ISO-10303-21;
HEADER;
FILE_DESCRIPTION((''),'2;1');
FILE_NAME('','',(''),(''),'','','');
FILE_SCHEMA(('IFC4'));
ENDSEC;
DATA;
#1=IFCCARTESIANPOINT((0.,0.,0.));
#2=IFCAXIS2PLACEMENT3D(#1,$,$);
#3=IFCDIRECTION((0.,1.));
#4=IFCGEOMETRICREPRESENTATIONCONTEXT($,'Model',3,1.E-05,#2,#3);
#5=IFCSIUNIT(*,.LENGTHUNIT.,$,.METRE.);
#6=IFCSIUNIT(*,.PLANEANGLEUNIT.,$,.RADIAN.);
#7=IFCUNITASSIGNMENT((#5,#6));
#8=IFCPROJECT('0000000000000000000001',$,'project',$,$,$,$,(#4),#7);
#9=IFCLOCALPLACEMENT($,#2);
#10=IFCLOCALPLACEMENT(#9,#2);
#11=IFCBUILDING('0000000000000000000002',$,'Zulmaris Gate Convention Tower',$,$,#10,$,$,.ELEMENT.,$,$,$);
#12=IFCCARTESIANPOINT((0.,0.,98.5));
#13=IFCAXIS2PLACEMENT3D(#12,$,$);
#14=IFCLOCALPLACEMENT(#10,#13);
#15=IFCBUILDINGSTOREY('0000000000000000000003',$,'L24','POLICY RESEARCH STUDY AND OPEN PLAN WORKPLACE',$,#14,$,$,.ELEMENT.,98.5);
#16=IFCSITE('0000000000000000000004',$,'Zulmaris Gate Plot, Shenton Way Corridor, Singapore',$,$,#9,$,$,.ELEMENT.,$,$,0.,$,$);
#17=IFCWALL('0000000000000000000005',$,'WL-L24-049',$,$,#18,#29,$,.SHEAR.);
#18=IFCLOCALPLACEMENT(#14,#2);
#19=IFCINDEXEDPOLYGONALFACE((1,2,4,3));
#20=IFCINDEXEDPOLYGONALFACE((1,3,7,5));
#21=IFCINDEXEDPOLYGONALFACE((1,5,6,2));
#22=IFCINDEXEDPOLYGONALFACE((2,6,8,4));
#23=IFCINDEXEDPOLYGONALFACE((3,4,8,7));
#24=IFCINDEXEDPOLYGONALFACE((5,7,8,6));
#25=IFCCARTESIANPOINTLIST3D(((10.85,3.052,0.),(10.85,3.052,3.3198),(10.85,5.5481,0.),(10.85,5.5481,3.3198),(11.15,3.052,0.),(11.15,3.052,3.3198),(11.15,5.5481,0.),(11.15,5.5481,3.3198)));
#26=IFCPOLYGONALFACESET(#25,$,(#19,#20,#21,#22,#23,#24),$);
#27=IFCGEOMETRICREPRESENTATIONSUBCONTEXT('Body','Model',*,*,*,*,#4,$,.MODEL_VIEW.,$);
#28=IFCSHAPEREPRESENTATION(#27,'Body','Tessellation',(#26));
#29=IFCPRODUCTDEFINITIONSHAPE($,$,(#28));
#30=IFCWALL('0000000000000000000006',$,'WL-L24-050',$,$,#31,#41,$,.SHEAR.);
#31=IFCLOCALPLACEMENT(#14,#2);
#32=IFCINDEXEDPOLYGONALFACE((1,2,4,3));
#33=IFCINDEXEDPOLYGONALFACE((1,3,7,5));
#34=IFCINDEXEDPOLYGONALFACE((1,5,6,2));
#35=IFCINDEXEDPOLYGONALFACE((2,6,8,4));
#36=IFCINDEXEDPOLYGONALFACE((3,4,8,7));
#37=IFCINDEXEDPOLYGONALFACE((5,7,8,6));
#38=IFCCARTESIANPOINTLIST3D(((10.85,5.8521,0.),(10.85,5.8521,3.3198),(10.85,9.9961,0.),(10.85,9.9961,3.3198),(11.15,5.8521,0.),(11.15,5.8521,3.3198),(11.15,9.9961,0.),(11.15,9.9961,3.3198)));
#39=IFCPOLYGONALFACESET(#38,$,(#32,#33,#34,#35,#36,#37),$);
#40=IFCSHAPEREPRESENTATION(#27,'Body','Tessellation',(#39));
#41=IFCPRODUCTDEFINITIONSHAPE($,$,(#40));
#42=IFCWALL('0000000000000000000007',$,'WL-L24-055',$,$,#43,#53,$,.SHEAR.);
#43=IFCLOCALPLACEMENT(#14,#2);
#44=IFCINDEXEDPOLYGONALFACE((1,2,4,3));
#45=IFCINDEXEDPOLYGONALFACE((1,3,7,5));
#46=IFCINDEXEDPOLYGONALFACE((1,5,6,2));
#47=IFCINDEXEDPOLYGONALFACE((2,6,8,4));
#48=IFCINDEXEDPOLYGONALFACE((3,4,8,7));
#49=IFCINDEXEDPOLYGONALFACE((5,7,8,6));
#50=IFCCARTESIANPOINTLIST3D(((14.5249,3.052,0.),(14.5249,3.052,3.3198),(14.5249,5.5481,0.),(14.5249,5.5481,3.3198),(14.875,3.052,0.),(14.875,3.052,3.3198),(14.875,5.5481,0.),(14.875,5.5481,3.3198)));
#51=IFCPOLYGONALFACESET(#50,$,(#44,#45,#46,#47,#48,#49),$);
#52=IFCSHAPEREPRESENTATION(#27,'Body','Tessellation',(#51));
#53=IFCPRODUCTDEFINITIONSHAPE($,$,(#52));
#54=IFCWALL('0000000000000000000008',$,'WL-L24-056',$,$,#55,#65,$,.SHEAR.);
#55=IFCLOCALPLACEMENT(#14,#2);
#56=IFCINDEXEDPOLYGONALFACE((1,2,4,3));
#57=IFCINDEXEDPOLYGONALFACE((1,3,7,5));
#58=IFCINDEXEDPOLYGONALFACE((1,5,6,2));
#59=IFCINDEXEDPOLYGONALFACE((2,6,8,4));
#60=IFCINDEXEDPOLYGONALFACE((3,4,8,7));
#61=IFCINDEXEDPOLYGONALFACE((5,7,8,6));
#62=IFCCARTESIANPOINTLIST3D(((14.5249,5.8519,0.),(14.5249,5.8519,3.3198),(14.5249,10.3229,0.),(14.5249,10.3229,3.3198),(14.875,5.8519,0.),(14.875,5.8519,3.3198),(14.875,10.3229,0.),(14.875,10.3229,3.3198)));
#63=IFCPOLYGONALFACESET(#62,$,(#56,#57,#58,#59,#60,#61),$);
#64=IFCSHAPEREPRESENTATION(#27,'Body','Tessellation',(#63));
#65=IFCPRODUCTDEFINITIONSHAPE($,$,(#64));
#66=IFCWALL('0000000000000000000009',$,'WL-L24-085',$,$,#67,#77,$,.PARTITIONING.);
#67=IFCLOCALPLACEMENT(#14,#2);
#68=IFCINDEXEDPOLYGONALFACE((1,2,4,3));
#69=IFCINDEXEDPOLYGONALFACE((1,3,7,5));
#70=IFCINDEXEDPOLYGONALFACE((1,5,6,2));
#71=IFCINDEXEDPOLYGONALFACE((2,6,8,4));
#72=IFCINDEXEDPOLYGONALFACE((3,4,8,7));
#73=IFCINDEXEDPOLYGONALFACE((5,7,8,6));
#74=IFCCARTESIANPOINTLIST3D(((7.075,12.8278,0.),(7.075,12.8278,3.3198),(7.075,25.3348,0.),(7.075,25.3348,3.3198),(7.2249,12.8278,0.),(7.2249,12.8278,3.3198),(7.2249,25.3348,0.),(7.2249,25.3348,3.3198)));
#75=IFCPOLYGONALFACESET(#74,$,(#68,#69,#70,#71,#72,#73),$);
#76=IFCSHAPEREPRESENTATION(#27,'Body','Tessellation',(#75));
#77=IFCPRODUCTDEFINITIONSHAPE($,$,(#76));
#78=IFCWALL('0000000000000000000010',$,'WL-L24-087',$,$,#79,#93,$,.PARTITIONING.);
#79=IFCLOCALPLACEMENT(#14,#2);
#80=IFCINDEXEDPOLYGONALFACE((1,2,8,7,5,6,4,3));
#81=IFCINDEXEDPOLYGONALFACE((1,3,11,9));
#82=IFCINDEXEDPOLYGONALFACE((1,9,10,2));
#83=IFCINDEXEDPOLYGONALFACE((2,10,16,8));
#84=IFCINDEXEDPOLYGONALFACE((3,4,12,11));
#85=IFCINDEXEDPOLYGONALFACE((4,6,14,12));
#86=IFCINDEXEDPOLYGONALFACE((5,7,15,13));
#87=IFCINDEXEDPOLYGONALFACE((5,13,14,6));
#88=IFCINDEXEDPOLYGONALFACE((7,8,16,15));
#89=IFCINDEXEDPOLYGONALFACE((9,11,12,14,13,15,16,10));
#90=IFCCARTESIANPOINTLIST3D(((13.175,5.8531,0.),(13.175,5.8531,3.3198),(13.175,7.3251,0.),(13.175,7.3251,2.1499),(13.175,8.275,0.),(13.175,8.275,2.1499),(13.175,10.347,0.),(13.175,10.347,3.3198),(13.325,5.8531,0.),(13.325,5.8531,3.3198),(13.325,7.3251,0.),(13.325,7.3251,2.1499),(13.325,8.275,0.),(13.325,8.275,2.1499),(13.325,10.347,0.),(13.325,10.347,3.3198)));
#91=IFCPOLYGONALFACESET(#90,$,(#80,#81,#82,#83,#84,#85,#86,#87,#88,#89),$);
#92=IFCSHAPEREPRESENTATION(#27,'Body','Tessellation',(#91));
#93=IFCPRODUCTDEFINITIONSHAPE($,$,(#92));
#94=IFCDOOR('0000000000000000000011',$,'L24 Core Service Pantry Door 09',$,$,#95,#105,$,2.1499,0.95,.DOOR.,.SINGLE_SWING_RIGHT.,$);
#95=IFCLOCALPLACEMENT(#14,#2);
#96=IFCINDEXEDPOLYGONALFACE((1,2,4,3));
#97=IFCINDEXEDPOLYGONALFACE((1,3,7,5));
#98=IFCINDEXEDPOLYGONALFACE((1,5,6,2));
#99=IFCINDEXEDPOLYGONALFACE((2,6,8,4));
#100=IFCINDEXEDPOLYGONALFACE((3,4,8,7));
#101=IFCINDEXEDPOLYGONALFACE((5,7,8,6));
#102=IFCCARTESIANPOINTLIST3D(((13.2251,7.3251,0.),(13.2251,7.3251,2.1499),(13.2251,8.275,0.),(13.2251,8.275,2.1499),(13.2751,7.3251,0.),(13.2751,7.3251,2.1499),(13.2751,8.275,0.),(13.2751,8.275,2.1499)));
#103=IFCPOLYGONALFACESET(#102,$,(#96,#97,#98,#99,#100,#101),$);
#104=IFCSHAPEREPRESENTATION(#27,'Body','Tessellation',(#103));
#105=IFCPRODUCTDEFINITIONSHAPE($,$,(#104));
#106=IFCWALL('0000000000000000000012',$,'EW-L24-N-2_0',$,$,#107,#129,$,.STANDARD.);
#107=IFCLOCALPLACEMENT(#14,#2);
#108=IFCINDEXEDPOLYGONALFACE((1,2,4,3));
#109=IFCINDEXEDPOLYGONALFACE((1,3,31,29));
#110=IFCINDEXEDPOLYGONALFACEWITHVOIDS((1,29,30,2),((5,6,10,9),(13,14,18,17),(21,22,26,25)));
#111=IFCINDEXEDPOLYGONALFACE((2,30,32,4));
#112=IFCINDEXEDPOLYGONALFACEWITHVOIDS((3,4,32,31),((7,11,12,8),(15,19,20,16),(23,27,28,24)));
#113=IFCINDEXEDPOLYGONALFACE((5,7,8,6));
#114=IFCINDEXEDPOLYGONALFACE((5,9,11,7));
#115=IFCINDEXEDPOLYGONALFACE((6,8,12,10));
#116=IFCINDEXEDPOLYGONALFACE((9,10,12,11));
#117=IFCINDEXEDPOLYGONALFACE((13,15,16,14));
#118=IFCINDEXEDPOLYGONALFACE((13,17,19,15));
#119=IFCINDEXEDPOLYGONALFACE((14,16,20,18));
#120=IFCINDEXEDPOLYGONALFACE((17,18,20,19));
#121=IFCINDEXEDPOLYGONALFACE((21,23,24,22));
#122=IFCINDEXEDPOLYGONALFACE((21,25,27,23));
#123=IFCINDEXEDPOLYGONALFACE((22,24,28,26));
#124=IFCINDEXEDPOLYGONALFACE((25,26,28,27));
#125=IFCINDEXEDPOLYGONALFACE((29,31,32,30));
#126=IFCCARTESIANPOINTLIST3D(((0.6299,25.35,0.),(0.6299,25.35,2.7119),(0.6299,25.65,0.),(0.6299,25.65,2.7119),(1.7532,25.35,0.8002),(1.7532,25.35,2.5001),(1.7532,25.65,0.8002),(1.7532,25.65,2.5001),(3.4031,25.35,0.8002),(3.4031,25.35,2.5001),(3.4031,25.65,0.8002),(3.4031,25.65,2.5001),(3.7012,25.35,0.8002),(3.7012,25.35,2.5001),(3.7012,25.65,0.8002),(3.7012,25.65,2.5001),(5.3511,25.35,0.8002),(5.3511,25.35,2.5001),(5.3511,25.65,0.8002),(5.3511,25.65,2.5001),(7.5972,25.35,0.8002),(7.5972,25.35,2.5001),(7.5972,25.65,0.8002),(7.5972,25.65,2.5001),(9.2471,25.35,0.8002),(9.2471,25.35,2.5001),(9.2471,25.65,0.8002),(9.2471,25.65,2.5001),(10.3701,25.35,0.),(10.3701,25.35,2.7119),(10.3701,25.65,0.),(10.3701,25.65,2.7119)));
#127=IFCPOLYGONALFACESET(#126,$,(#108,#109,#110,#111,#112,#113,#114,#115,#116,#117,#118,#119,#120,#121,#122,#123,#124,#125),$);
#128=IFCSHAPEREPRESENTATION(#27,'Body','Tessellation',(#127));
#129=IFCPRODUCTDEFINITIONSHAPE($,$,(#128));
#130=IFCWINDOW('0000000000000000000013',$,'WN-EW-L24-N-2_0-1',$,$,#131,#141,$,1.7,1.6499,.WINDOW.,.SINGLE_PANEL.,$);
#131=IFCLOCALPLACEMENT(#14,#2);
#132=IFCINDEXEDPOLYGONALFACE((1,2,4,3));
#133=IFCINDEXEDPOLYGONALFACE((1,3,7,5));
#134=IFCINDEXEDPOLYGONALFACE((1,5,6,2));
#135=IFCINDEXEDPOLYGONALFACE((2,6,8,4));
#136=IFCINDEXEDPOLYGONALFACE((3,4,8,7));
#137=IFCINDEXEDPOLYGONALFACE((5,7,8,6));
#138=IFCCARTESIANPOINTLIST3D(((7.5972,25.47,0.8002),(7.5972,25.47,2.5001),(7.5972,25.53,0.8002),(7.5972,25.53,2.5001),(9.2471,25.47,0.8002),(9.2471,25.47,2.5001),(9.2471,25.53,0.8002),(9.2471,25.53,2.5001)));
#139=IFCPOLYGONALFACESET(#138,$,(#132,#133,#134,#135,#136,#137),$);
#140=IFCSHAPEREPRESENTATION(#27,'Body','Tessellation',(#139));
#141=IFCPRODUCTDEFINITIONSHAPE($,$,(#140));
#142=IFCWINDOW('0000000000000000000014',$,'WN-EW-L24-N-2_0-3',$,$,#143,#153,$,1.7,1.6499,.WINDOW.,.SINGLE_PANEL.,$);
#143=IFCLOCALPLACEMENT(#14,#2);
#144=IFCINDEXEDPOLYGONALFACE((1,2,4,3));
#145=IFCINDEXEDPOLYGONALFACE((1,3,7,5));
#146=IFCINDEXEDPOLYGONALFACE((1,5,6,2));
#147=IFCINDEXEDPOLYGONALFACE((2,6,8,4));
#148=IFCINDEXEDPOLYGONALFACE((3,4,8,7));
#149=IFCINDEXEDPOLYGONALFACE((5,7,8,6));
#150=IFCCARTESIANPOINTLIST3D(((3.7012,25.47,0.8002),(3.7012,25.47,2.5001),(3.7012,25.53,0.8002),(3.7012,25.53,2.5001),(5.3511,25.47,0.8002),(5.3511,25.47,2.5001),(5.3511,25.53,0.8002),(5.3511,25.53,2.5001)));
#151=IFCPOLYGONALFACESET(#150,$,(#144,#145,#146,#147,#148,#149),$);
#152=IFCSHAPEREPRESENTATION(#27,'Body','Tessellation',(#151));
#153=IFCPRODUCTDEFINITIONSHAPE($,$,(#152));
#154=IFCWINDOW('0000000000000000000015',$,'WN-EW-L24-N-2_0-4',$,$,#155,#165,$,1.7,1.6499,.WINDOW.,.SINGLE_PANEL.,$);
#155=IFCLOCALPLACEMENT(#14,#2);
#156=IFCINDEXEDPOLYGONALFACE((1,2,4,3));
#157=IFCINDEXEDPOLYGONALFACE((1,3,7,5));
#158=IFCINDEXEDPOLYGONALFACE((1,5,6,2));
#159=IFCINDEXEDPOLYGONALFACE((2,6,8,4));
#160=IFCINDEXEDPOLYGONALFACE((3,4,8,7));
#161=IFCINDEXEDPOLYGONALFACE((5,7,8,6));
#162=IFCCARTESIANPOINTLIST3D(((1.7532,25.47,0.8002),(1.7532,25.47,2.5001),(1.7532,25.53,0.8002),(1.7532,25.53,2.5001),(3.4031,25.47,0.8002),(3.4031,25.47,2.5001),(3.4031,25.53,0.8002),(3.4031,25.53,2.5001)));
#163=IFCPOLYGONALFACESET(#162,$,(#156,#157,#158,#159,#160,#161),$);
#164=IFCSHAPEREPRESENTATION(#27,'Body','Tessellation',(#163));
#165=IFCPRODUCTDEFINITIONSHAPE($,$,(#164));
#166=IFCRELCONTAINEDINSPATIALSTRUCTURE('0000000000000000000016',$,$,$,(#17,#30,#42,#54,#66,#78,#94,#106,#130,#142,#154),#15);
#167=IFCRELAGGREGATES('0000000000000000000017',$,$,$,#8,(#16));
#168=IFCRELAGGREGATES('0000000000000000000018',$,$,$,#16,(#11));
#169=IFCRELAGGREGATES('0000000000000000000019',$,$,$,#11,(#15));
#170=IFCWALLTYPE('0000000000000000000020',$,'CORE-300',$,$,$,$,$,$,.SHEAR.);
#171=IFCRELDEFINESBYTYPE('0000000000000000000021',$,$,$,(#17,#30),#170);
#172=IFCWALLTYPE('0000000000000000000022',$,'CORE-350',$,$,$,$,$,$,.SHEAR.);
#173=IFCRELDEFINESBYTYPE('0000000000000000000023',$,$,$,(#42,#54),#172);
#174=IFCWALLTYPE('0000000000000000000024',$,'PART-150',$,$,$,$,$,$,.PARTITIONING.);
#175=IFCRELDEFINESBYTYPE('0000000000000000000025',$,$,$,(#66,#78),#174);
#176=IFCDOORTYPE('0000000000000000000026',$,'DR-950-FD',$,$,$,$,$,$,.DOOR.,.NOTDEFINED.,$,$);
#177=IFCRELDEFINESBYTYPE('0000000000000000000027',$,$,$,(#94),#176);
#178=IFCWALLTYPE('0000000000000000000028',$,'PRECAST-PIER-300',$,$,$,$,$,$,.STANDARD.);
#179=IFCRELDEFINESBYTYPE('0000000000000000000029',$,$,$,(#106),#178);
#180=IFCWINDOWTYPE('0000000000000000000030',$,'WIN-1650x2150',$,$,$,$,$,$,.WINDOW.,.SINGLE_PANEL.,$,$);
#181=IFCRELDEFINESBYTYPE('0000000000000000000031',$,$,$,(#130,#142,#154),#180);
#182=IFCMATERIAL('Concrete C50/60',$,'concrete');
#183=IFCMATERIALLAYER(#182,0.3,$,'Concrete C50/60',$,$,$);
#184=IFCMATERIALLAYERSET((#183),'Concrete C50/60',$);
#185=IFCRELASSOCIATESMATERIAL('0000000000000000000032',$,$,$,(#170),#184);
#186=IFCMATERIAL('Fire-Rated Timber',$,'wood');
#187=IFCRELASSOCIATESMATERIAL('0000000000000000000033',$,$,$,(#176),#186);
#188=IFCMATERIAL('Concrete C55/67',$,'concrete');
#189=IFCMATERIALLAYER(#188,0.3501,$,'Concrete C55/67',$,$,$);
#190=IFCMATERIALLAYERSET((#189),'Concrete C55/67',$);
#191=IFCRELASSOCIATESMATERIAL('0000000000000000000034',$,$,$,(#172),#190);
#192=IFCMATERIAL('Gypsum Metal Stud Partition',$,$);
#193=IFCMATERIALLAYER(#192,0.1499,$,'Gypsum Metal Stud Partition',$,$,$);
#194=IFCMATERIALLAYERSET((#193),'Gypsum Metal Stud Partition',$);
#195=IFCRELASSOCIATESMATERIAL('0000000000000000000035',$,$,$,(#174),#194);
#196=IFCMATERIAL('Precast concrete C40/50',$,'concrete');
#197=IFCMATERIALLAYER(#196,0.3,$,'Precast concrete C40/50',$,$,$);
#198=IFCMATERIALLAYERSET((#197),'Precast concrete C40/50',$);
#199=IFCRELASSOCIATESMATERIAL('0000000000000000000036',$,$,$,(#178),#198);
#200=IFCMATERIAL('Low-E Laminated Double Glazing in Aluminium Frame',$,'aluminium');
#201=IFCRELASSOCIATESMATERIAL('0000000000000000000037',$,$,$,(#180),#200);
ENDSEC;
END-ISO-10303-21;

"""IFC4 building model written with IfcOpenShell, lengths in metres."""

from ifc_helpers import new_model, si_unit, direction, frame, frame_2d, origin, place, context, subcontext, project, spatial, rectangle, extrude, material, layer, layer_set, type_object, element, fill, save


model = new_model("IFC4")

# Units and contexts
model_context = context("Model", 3, precision=1e-05, world=origin(), true_north=direction((0.0, 1.0)))
body_context = subcontext(model_context, "Body", "Model", "MODEL_VIEW")
ifc_project = project(units=[si_unit("LENGTHUNIT", "METRE"), si_unit("PLANEANGLEUNIT", "RADIAN")], contexts=[model_context])

# Site, building, storey
site_placement = place(None, origin())
site = spatial("IfcSite", under=ifc_project, at=site_placement, Name="Zulmaris Gate Plot, Shenton Way Corridor, Singapore", CompositionType="ELEMENT", RefElevation=0.0)
building_placement = place(site_placement, origin())
building = spatial("IfcBuilding", under=site, at=building_placement, Name="Zulmaris Gate Convention Tower", CompositionType="ELEMENT")
storey_placement = place(building_placement, frame((0.0, 0.0, 98.5)))
storey = spatial("IfcBuildingStorey", under=building, at=storey_placement, Name="L24", Description="POLICY RESEARCH STUDY AND OPEN PLAN WORKPLACE", CompositionType="ELEMENT", Elevation=98.5)

# Shared definitions
ifc_material_1 = material(Name="Concrete C50/60", Category="concrete")
ifc_layer_1 = layer(ifc_material_1, 0.3, Name="Concrete C50/60")
ifc_layer_set_1 = layer_set([ifc_layer_1], Name="Concrete C50/60")
wall_type_1 = type_object("IfcWallType", Name="CORE-300", PredefinedType="SHEAR", material=ifc_layer_set_1)

# Shared definitions
ifc_material_2 = material(Name="Fire-Rated Timber", Category="wood")
door_type_1 = type_object("IfcDoorType", Name="DR-950-FD", OperationType="NOTDEFINED", PredefinedType="DOOR", material=ifc_material_2)

# Walls
wall_1_placement = place(storey_placement, frame((11.0, 3.052, 0.0), z_axis=(0.0, 0.0, 1.0), x_axis=(0.0, 1.0, 0.0)))
element("IfcWall", 1, at=wall_1_placement, inside=storey, type_object=wall_type_1, Name="WL-L24-049", PredefinedType="SHEAR", context=body_context, shape_type="SweptSolid", body=[
    extrude(rectangle(XDim=2.4961, YDim=0.3, at=frame_2d((1.248, 0.0))), origin(), (0.0, 0.0, 1.0), 3.3198),
])
wall_2_placement = place(storey_placement, frame((11.0, 5.8521, 0.0), z_axis=(0.0, 0.0, 1.0), x_axis=(0.0, 1.0, 0.0)))
element("IfcWall", 2, at=wall_2_placement, inside=storey, type_object=wall_type_1, Name="WL-L24-050", PredefinedType="SHEAR", context=body_context, shape_type="SweptSolid", body=[
    extrude(rectangle(XDim=4.144, YDim=0.3, at=frame_2d((2.072, 0.0))), origin(), (0.0, 0.0, 1.0), 3.3198),
])

# Shared definitions
ifc_material_3 = material(Name="Concrete C55/67", Category="concrete")
ifc_layer_2 = layer(ifc_material_3, 0.3501, Name="Concrete C55/67")
ifc_layer_set_2 = layer_set([ifc_layer_2], Name="Concrete C55/67")
wall_type_2 = type_object("IfcWallType", Name="CORE-350", PredefinedType="SHEAR", material=ifc_layer_set_2)

# Walls
wall_3_placement = place(storey_placement, frame((14.7, 3.052, 0.0), z_axis=(0.0, 0.0, 1.0), x_axis=(0.0, 1.0, 0.0)))
element("IfcWall", 3, at=wall_3_placement, inside=storey, type_object=wall_type_2, Name="WL-L24-055", PredefinedType="SHEAR", context=body_context, shape_type="SweptSolid", body=[
    extrude(rectangle(XDim=2.4961, YDim=0.3501, at=frame_2d((1.248, 0.0))), origin(), (0.0, 0.0, 1.0), 3.3198),
])
wall_4_placement = place(storey_placement, frame((14.7, 5.8521, 0.0), z_axis=(0.0, 0.0, 1.0), x_axis=(0.0, 1.0, 0.0)))
element("IfcWall", 4, at=wall_4_placement, inside=storey, type_object=wall_type_2, Name="WL-L24-056", PredefinedType="SHEAR", context=body_context, shape_type="SweptSolid", body=[
    extrude(rectangle(XDim=4.4709, YDim=0.3501, at=frame_2d((2.2354, 0.0))), origin(), (0.0, 0.0, 1.0), 3.3198),
])
ifc_material_4 = material(Name="Gypsum Metal Stud Partition")
ifc_layer_3 = layer(ifc_material_4, 0.1499, Name="Gypsum Metal Stud Partition")
ifc_layer_set_3 = layer_set([ifc_layer_3], Name="Gypsum Metal Stud Partition")
wall_type_3 = type_object("IfcWallType", Name="PART-150", PredefinedType="PARTITIONING", material=ifc_layer_set_3)
wall_5_placement = place(storey_placement, frame((7.1499, 12.8279, 0.0), z_axis=(0.0, 0.0, 1.0), x_axis=(0.0, 1.0, 0.0)))
element("IfcWall", 5, at=wall_5_placement, inside=storey, type_object=wall_type_3, Name="WL-L24-085", PredefinedType="PARTITIONING", context=body_context, shape_type="SweptSolid", body=[
    extrude(rectangle(XDim=12.5071, YDim=0.1499, at=frame_2d((6.2534, 0.0))), origin(), (0.0, 0.0, 1.0), 3.3198),
])

# Wall, opening, door
wall_6_placement = place(storey_placement, frame((13.25, 5.853, 0.0), z_axis=(0.0, 0.0, 1.0), x_axis=(0.0, 1.0, 0.0)))
wall_6 = element("IfcWall", 6, at=wall_6_placement, inside=storey, type_object=wall_type_3, Name="WL-L24-087", PredefinedType="PARTITIONING", context=body_context, shape_type="SweptSolid", body=[
    extrude(rectangle(XDim=4.4939, YDim=0.1499, at=frame_2d((2.2471, 0.0))), origin(), (0.0, 0.0, 1.0), 3.3198),
])
opening_1_placement = place(wall_6_placement, frame((1.4719, 0.0, 0.0)))
opening_1 = element("IfcOpeningElement", 7, at=opening_1_placement, cuts=wall_6, PredefinedType="OPENING", context=body_context, shape_type="SweptSolid", body=[
    extrude(rectangle(XDim=0.95, YDim=2.1499, at=frame_2d((0.4751, 1.075))), frame((0.0, 0.085, 0.0), z_axis=(0.0, -1.0, 0.0), x_axis=(1.0, 0.0, 0.0)), (0.0, 0.0, 1.0), 0.1699),
])
door_1_placement = place(opening_1_placement, origin())
door_1 = element("IfcDoor", 8, at=door_1_placement, inside=storey, type_object=door_type_1, Name="L24 Core Service Pantry Door 09", OperationType="SINGLE_SWING_RIGHT", OverallHeight=2.1499, OverallWidth=0.95, PredefinedType="DOOR", context=body_context, shape_type="SweptSolid", body=[
    extrude(rectangle(XDim=0.95, YDim=2.1499, at=frame_2d((0.4751, 1.075))), frame((0.0, 0.0249, 0.0), z_axis=(0.0, -1.0, 0.0), x_axis=(1.0, 0.0, 0.0)), (0.0, 0.0, 1.0), 0.05),
])
fill(opening_1, door_1)

# Wall, openings, windows
ifc_material_5 = material(Name="Precast concrete C40/50", Category="concrete")
ifc_layer_4 = layer(ifc_material_5, 0.3, Name="Precast concrete C40/50")
ifc_layer_set_4 = layer_set([ifc_layer_4], Name="Precast concrete C40/50")
wall_type_4 = type_object("IfcWallType", Name="PRECAST-PIER-300", PredefinedType="STANDARD", material=ifc_layer_set_4)
wall_7_placement = place(storey_placement, frame((10.3701, 25.5, 0.0), z_axis=(0.0, 0.0, 1.0), x_axis=(-1.0, 0.0, 0.0)))
wall_7 = element("IfcWall", 9, at=wall_7_placement, inside=storey, type_object=wall_type_4, Name="EW-L24-N-2_0", PredefinedType="STANDARD", context=body_context, shape_type="SweptSolid", body=[
    extrude(rectangle(XDim=9.7402, YDim=0.3, at=frame_2d((4.8701, 0.0))), origin(), (0.0, 0.0, 1.0), 2.7119),
])
opening_2_placement = place(wall_7_placement, frame((1.123, 0.0, 0.8)))
opening_2 = element("IfcOpeningElement", 10, at=opening_2_placement, cuts=wall_7, PredefinedType="OPENING", context=body_context, shape_type="SweptSolid", body=[
    extrude(rectangle(XDim=1.6499, YDim=1.7, at=frame_2d((0.825, 0.8501))), frame((0.0, 0.1602, 0.0), z_axis=(0.0, -1.0, 0.0), x_axis=(1.0, 0.0, 0.0)), (0.0, 0.0, 1.0), 0.3201),
])
opening_3_placement = place(wall_7_placement, frame((5.019, 0.0, 0.8)))
opening_3 = element("IfcOpeningElement", 11, at=opening_3_placement, cuts=wall_7, PredefinedType="OPENING", context=body_context, shape_type="SweptSolid", body=[
    extrude(rectangle(XDim=1.6499, YDim=1.7, at=frame_2d((0.825, 0.8501))), frame((0.0, 0.1602, 0.0), z_axis=(0.0, -1.0, 0.0), x_axis=(1.0, 0.0, 0.0)), (0.0, 0.0, 1.0), 0.3201),
])
opening_4_placement = place(wall_7_placement, frame((6.967, 0.0, 0.8)))
opening_4 = element("IfcOpeningElement", 12, at=opening_4_placement, cuts=wall_7, PredefinedType="OPENING", context=body_context, shape_type="SweptSolid", body=[
    extrude(rectangle(XDim=1.6499, YDim=1.7, at=frame_2d((0.825, 0.8501))), frame((0.0, 0.1602, 0.0), z_axis=(0.0, -1.0, 0.0), x_axis=(1.0, 0.0, 0.0)), (0.0, 0.0, 1.0), 0.3201),
])
ifc_material_6 = material(Name="Low-E Laminated Double Glazing in Aluminium Frame", Category="aluminium")
window_type = type_object("IfcWindowType", Name="WIN-1650x2150", PartitioningType="SINGLE_PANEL", PredefinedType="WINDOW", material=ifc_material_6)
window_1_placement = place(opening_2_placement, origin())
window_1 = element("IfcWindow", 13, at=window_1_placement, inside=storey, type_object=window_type, Name="WN-EW-L24-N-2_0-1", OverallHeight=1.7, OverallWidth=1.6499, PartitioningType="SINGLE_PANEL", PredefinedType="WINDOW", context=body_context, shape_type="SweptSolid", body=[
    extrude(rectangle(XDim=1.6499, YDim=1.7, at=frame_2d((0.825, 0.8501))), frame((0.0, 0.03, 0.0), z_axis=(0.0, -1.0, 0.0), x_axis=(1.0, 0.0, 0.0)), (0.0, 0.0, 1.0), 0.0601),
])
fill(opening_2, window_1)
window_2_placement = place(opening_3_placement, origin())
window_2 = element("IfcWindow", 14, at=window_2_placement, inside=storey, type_object=window_type, Name="WN-EW-L24-N-2_0-3", OverallHeight=1.7, OverallWidth=1.6499, PartitioningType="SINGLE_PANEL", PredefinedType="WINDOW", context=body_context, shape_type="SweptSolid", body=[
    extrude(rectangle(XDim=1.6499, YDim=1.7, at=frame_2d((0.825, 0.8501))), frame((0.0, 0.03, 0.0), z_axis=(0.0, -1.0, 0.0), x_axis=(1.0, 0.0, 0.0)), (0.0, 0.0, 1.0), 0.0601),
])
fill(opening_3, window_2)
window_3_placement = place(opening_4_placement, origin())
window_3 = element("IfcWindow", 15, at=window_3_placement, inside=storey, type_object=window_type, Name="WN-EW-L24-N-2_0-4", OverallHeight=1.7, OverallWidth=1.6499, PartitioningType="SINGLE_PANEL", PredefinedType="WINDOW", context=body_context, shape_type="SweptSolid", body=[
    extrude(rectangle(XDim=1.6499, YDim=1.7, at=frame_2d((0.825, 0.8501))), frame((0.0, 0.03, 0.0), z_axis=(0.0, -1.0, 0.0), x_axis=(1.0, 0.0, 0.0)), (0.0, 0.0, 1.0), 0.0601),
])
fill(opening_4, window_3)

save(model, "model.ifc")
